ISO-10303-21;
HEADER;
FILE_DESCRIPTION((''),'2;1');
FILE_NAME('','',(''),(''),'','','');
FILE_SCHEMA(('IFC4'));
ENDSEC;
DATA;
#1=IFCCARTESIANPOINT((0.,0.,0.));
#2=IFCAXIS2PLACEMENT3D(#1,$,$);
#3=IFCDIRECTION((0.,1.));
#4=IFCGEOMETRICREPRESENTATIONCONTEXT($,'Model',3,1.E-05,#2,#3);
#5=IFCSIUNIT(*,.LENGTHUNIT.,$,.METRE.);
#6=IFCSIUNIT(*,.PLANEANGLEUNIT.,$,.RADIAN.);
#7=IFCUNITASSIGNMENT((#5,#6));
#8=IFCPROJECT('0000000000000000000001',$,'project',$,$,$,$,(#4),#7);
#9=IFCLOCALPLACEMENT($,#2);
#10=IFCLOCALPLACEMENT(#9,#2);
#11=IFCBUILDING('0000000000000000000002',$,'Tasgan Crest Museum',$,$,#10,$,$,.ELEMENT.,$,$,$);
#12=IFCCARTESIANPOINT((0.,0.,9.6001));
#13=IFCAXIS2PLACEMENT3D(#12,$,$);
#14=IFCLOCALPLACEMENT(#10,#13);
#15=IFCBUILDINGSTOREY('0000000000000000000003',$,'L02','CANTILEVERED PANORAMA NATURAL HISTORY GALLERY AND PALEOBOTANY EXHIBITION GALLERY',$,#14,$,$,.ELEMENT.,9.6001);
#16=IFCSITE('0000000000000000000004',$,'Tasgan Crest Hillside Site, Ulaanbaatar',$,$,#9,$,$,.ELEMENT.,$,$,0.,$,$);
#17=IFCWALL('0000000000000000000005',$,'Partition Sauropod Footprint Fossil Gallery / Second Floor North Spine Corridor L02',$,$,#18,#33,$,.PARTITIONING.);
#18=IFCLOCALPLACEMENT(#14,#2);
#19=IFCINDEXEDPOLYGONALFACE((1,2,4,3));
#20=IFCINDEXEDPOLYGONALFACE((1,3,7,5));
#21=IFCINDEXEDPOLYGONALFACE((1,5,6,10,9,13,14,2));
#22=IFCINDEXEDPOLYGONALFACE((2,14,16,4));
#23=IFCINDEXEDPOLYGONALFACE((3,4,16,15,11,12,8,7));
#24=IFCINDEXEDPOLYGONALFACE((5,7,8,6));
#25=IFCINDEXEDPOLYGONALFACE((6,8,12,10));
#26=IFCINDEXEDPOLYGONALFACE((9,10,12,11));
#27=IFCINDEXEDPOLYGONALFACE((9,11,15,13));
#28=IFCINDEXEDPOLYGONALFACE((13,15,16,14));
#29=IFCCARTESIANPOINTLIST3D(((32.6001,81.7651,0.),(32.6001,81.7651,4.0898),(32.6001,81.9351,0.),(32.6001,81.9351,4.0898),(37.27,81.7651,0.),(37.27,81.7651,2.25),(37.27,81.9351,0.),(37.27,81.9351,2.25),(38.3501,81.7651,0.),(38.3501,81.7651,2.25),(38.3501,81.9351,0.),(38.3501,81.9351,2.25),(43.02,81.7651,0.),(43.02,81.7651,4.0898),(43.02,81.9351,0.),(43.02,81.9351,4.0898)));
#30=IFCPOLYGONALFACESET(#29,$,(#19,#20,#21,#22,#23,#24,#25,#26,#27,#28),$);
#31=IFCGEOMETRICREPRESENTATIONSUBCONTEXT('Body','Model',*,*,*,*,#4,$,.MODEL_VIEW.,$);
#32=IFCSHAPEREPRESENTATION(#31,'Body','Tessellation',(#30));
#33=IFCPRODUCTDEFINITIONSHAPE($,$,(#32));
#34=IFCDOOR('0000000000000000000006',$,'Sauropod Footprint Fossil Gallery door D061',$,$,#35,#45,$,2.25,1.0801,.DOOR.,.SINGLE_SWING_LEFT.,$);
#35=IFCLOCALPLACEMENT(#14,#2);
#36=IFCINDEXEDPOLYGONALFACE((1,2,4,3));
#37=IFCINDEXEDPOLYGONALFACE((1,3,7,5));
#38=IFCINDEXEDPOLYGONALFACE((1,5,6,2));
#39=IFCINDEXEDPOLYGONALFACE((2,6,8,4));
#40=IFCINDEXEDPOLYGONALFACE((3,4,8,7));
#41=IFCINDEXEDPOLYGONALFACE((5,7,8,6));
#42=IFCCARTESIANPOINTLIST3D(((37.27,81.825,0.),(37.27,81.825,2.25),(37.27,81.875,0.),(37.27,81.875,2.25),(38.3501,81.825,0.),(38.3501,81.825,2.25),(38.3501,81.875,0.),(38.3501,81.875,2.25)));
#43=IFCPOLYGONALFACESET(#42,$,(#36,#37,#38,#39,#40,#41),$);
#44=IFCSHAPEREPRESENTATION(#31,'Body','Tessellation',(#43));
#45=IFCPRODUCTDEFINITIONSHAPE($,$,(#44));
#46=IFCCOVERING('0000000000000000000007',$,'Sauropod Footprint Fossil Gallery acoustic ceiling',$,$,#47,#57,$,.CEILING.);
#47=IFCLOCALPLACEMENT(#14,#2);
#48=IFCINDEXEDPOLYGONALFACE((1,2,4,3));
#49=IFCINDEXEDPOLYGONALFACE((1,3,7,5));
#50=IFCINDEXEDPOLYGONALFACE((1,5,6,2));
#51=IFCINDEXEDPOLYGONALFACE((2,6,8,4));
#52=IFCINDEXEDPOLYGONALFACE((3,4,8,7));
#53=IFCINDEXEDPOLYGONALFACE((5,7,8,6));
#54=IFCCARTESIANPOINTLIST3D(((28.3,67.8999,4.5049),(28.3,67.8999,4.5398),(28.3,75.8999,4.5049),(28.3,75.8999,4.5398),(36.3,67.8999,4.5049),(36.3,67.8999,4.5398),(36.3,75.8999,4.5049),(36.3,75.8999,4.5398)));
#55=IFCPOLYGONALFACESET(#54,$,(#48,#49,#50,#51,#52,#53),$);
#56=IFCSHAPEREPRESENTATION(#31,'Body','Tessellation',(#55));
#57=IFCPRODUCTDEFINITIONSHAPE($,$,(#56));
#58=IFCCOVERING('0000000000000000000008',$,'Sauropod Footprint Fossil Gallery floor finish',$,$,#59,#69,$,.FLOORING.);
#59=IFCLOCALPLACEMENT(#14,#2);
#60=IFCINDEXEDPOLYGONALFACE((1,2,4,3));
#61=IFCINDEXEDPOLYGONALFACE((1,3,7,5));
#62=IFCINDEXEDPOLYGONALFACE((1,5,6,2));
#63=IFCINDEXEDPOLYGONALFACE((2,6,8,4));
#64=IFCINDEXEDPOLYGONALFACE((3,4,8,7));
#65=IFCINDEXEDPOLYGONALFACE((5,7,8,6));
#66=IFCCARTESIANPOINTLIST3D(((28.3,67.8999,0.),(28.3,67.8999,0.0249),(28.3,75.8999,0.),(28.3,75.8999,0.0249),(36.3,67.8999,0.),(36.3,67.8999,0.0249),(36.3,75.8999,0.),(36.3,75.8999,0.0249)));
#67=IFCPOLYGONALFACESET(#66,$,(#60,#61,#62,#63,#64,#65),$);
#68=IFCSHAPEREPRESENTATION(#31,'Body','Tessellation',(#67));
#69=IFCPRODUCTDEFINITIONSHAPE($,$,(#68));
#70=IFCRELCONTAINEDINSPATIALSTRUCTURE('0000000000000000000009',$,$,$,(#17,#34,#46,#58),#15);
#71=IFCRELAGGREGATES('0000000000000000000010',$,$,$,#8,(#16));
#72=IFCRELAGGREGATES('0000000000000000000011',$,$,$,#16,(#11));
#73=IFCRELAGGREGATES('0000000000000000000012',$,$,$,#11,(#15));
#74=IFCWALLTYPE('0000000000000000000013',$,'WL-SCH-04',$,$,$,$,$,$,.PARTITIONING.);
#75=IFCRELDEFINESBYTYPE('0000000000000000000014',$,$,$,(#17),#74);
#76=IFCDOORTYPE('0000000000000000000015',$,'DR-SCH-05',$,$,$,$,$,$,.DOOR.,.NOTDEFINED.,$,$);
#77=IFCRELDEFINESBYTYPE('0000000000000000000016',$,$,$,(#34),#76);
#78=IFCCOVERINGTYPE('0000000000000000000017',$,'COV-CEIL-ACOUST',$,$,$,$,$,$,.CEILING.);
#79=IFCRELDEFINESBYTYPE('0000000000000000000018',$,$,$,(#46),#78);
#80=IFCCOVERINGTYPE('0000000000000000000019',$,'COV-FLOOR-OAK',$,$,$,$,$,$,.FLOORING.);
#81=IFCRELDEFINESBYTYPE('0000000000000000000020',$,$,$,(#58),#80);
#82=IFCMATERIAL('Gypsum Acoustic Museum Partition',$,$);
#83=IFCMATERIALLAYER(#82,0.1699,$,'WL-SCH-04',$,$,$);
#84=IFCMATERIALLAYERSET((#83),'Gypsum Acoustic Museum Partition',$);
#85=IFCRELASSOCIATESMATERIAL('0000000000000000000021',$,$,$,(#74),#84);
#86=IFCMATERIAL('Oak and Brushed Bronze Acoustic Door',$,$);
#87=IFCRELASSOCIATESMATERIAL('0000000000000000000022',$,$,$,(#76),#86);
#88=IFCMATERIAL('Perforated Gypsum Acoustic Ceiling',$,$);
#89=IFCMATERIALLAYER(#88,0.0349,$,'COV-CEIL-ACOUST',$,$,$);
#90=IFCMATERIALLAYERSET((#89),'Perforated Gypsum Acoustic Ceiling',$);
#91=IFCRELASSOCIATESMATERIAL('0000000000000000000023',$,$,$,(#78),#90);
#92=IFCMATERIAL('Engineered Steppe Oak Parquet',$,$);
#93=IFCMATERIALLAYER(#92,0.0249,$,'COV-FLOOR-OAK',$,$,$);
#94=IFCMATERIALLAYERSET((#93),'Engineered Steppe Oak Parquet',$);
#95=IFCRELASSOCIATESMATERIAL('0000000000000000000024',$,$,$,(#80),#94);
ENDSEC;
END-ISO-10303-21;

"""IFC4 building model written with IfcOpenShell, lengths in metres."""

from ifc_helpers import new_model, si_unit, direction, frame, frame_2d, origin, origin_2d, place, context, subcontext, project, spatial, rectangle, extrude, material, layer, layer_set, type_object, element, fill, save


model = new_model("IFC4")

# Units and contexts
model_context = context("Model", 3, precision=1e-05, world=origin(), true_north=direction((0.0, 1.0)))
body_context = subcontext(model_context, "Body", "Model", "MODEL_VIEW")
ifc_project = project(units=[si_unit("LENGTHUNIT", "METRE"), si_unit("PLANEANGLEUNIT", "RADIAN")], contexts=[model_context])

# Site, building, storey
site_placement = place(None, origin())
site = spatial("IfcSite", under=ifc_project, at=site_placement, Name="Tasgan Crest Hillside Site, Ulaanbaatar", CompositionType="ELEMENT", RefElevation=0.0)
building_placement = place(site_placement, origin())
building = spatial("IfcBuilding", under=site, at=building_placement, Name="Tasgan Crest Museum", CompositionType="ELEMENT")
storey_placement = place(building_placement, frame((0.0, 0.0, 9.6001)))
storey = spatial("IfcBuildingStorey", under=building, at=storey_placement, Name="L02", Description="CANTILEVERED PANORAMA NATURAL HISTORY GALLERY AND PALEOBOTANY EXHIBITION GALLERY", CompositionType="ELEMENT", Elevation=9.6001)

# Shared definitions
ifc_material_1 = material(Name="Gypsum Acoustic Museum Partition")
ifc_layer_1 = layer(ifc_material_1, 0.1699, Name="WL-SCH-04")
ifc_layer_set_1 = layer_set([ifc_layer_1], Name="Gypsum Acoustic Museum Partition")
wall_type_1 = type_object("IfcWallType", Name="WL-SCH-04", PredefinedType="PARTITIONING", material=ifc_layer_set_1)

# Wall, opening, door
wall_1_placement = place(storey_placement, frame((32.6001, 81.8501, 0.0), z_axis=(0.0, 0.0, 1.0), x_axis=(1.0, 0.0, 0.0)))
wall_1 = element("IfcWall", 1, at=wall_1_placement, inside=storey, type_object=wall_type_1, Name="Partition Sauropod Footprint Fossil Gallery / Second Floor North Spine Corridor L02", PredefinedType="PARTITIONING", context=body_context, shape_type="SweptSolid", body=[
    extrude(rectangle(XDim=10.4199, YDim=0.1699, at=frame_2d((5.21, 0.0))), origin(), (0.0, 0.0, 1.0), 4.0898),
])
opening_placement = place(wall_1_placement, frame((4.6699, 0.0, 0.0)))
opening = element("IfcOpeningElement", 2, at=opening_placement, cuts=wall_1, PredefinedType="OPENING", context=body_context, shape_type="SweptSolid", body=[
    extrude(rectangle(XDim=1.0801, YDim=2.25, at=frame_2d((0.54, 1.125))), frame((0.0, 0.095, 0.0), z_axis=(0.0, -1.0, 0.0), x_axis=(1.0, 0.0, 0.0)), (0.0, 0.0, 1.0), 0.1899),
])
ifc_material_2 = material(Name="Oak and Brushed Bronze Acoustic Door")
door_type = type_object("IfcDoorType", Name="DR-SCH-05", OperationType="NOTDEFINED", PredefinedType="DOOR", material=ifc_material_2)
door_placement = place(opening_placement, origin())
door = element("IfcDoor", 3, at=door_placement, inside=storey, type_object=door_type, Name="Sauropod Footprint Fossil Gallery door D061", OperationType="SINGLE_SWING_LEFT", OverallHeight=2.25, OverallWidth=1.0801, PredefinedType="DOOR", context=body_context, shape_type="SweptSolid", body=[
    extrude(rectangle(XDim=1.0801, YDim=2.25, at=frame_2d((0.54, 1.125))), frame((0.0, 0.0249, 0.0), z_axis=(0.0, -1.0, 0.0), x_axis=(1.0, 0.0, 0.0)), (0.0, 0.0, 1.0), 0.05),
])
fill(opening, door)

# Coverings
ifc_material_3 = material(Name="Perforated Gypsum Acoustic Ceiling")
ifc_layer_2 = layer(ifc_material_3, 0.0349, Name="COV-CEIL-ACOUST")
ifc_layer_set_2 = layer_set([ifc_layer_2], Name="Perforated Gypsum Acoustic Ceiling")
covering_type_1 = type_object("IfcCoveringType", Name="COV-CEIL-ACOUST", PredefinedType="CEILING", material=ifc_layer_set_2)
covering_1_placement = place(storey_placement, frame((32.3, 71.8999, 4.5049), z_axis=(0.0, 0.0, 1.0), x_axis=(1.0, 0.0, 0.0)))
element("IfcCovering", 4, at=covering_1_placement, inside=storey, type_object=covering_type_1, Name="Sauropod Footprint Fossil Gallery acoustic ceiling", PredefinedType="CEILING", context=body_context, shape_type="SweptSolid", body=[
    extrude(rectangle(XDim=8.0, YDim=8.0, at=origin_2d()), origin(), (0.0, 0.0, 1.0), 0.0349),
])
ifc_material_4 = material(Name="Engineered Steppe Oak Parquet")
ifc_layer_3 = layer(ifc_material_4, 0.0249, Name="COV-FLOOR-OAK")
ifc_layer_set_3 = layer_set([ifc_layer_3], Name="Engineered Steppe Oak Parquet")
covering_type_2 = type_object("IfcCoveringType", Name="COV-FLOOR-OAK", PredefinedType="FLOORING", material=ifc_layer_set_3)
covering_2_placement = place(storey_placement, frame((32.3, 71.8999, 0.0), z_axis=(0.0, 0.0, 1.0), x_axis=(1.0, 0.0, 0.0)))
element("IfcCovering", 5, at=covering_2_placement, inside=storey, type_object=covering_type_2, Name="Sauropod Footprint Fossil Gallery floor finish", PredefinedType="FLOORING", context=body_context, shape_type="SweptSolid", body=[
    extrude(rectangle(XDim=8.0, YDim=8.0, at=origin_2d()), origin(), (0.0, 0.0, 1.0), 0.0249),
])

save(model, "model.ifc")
